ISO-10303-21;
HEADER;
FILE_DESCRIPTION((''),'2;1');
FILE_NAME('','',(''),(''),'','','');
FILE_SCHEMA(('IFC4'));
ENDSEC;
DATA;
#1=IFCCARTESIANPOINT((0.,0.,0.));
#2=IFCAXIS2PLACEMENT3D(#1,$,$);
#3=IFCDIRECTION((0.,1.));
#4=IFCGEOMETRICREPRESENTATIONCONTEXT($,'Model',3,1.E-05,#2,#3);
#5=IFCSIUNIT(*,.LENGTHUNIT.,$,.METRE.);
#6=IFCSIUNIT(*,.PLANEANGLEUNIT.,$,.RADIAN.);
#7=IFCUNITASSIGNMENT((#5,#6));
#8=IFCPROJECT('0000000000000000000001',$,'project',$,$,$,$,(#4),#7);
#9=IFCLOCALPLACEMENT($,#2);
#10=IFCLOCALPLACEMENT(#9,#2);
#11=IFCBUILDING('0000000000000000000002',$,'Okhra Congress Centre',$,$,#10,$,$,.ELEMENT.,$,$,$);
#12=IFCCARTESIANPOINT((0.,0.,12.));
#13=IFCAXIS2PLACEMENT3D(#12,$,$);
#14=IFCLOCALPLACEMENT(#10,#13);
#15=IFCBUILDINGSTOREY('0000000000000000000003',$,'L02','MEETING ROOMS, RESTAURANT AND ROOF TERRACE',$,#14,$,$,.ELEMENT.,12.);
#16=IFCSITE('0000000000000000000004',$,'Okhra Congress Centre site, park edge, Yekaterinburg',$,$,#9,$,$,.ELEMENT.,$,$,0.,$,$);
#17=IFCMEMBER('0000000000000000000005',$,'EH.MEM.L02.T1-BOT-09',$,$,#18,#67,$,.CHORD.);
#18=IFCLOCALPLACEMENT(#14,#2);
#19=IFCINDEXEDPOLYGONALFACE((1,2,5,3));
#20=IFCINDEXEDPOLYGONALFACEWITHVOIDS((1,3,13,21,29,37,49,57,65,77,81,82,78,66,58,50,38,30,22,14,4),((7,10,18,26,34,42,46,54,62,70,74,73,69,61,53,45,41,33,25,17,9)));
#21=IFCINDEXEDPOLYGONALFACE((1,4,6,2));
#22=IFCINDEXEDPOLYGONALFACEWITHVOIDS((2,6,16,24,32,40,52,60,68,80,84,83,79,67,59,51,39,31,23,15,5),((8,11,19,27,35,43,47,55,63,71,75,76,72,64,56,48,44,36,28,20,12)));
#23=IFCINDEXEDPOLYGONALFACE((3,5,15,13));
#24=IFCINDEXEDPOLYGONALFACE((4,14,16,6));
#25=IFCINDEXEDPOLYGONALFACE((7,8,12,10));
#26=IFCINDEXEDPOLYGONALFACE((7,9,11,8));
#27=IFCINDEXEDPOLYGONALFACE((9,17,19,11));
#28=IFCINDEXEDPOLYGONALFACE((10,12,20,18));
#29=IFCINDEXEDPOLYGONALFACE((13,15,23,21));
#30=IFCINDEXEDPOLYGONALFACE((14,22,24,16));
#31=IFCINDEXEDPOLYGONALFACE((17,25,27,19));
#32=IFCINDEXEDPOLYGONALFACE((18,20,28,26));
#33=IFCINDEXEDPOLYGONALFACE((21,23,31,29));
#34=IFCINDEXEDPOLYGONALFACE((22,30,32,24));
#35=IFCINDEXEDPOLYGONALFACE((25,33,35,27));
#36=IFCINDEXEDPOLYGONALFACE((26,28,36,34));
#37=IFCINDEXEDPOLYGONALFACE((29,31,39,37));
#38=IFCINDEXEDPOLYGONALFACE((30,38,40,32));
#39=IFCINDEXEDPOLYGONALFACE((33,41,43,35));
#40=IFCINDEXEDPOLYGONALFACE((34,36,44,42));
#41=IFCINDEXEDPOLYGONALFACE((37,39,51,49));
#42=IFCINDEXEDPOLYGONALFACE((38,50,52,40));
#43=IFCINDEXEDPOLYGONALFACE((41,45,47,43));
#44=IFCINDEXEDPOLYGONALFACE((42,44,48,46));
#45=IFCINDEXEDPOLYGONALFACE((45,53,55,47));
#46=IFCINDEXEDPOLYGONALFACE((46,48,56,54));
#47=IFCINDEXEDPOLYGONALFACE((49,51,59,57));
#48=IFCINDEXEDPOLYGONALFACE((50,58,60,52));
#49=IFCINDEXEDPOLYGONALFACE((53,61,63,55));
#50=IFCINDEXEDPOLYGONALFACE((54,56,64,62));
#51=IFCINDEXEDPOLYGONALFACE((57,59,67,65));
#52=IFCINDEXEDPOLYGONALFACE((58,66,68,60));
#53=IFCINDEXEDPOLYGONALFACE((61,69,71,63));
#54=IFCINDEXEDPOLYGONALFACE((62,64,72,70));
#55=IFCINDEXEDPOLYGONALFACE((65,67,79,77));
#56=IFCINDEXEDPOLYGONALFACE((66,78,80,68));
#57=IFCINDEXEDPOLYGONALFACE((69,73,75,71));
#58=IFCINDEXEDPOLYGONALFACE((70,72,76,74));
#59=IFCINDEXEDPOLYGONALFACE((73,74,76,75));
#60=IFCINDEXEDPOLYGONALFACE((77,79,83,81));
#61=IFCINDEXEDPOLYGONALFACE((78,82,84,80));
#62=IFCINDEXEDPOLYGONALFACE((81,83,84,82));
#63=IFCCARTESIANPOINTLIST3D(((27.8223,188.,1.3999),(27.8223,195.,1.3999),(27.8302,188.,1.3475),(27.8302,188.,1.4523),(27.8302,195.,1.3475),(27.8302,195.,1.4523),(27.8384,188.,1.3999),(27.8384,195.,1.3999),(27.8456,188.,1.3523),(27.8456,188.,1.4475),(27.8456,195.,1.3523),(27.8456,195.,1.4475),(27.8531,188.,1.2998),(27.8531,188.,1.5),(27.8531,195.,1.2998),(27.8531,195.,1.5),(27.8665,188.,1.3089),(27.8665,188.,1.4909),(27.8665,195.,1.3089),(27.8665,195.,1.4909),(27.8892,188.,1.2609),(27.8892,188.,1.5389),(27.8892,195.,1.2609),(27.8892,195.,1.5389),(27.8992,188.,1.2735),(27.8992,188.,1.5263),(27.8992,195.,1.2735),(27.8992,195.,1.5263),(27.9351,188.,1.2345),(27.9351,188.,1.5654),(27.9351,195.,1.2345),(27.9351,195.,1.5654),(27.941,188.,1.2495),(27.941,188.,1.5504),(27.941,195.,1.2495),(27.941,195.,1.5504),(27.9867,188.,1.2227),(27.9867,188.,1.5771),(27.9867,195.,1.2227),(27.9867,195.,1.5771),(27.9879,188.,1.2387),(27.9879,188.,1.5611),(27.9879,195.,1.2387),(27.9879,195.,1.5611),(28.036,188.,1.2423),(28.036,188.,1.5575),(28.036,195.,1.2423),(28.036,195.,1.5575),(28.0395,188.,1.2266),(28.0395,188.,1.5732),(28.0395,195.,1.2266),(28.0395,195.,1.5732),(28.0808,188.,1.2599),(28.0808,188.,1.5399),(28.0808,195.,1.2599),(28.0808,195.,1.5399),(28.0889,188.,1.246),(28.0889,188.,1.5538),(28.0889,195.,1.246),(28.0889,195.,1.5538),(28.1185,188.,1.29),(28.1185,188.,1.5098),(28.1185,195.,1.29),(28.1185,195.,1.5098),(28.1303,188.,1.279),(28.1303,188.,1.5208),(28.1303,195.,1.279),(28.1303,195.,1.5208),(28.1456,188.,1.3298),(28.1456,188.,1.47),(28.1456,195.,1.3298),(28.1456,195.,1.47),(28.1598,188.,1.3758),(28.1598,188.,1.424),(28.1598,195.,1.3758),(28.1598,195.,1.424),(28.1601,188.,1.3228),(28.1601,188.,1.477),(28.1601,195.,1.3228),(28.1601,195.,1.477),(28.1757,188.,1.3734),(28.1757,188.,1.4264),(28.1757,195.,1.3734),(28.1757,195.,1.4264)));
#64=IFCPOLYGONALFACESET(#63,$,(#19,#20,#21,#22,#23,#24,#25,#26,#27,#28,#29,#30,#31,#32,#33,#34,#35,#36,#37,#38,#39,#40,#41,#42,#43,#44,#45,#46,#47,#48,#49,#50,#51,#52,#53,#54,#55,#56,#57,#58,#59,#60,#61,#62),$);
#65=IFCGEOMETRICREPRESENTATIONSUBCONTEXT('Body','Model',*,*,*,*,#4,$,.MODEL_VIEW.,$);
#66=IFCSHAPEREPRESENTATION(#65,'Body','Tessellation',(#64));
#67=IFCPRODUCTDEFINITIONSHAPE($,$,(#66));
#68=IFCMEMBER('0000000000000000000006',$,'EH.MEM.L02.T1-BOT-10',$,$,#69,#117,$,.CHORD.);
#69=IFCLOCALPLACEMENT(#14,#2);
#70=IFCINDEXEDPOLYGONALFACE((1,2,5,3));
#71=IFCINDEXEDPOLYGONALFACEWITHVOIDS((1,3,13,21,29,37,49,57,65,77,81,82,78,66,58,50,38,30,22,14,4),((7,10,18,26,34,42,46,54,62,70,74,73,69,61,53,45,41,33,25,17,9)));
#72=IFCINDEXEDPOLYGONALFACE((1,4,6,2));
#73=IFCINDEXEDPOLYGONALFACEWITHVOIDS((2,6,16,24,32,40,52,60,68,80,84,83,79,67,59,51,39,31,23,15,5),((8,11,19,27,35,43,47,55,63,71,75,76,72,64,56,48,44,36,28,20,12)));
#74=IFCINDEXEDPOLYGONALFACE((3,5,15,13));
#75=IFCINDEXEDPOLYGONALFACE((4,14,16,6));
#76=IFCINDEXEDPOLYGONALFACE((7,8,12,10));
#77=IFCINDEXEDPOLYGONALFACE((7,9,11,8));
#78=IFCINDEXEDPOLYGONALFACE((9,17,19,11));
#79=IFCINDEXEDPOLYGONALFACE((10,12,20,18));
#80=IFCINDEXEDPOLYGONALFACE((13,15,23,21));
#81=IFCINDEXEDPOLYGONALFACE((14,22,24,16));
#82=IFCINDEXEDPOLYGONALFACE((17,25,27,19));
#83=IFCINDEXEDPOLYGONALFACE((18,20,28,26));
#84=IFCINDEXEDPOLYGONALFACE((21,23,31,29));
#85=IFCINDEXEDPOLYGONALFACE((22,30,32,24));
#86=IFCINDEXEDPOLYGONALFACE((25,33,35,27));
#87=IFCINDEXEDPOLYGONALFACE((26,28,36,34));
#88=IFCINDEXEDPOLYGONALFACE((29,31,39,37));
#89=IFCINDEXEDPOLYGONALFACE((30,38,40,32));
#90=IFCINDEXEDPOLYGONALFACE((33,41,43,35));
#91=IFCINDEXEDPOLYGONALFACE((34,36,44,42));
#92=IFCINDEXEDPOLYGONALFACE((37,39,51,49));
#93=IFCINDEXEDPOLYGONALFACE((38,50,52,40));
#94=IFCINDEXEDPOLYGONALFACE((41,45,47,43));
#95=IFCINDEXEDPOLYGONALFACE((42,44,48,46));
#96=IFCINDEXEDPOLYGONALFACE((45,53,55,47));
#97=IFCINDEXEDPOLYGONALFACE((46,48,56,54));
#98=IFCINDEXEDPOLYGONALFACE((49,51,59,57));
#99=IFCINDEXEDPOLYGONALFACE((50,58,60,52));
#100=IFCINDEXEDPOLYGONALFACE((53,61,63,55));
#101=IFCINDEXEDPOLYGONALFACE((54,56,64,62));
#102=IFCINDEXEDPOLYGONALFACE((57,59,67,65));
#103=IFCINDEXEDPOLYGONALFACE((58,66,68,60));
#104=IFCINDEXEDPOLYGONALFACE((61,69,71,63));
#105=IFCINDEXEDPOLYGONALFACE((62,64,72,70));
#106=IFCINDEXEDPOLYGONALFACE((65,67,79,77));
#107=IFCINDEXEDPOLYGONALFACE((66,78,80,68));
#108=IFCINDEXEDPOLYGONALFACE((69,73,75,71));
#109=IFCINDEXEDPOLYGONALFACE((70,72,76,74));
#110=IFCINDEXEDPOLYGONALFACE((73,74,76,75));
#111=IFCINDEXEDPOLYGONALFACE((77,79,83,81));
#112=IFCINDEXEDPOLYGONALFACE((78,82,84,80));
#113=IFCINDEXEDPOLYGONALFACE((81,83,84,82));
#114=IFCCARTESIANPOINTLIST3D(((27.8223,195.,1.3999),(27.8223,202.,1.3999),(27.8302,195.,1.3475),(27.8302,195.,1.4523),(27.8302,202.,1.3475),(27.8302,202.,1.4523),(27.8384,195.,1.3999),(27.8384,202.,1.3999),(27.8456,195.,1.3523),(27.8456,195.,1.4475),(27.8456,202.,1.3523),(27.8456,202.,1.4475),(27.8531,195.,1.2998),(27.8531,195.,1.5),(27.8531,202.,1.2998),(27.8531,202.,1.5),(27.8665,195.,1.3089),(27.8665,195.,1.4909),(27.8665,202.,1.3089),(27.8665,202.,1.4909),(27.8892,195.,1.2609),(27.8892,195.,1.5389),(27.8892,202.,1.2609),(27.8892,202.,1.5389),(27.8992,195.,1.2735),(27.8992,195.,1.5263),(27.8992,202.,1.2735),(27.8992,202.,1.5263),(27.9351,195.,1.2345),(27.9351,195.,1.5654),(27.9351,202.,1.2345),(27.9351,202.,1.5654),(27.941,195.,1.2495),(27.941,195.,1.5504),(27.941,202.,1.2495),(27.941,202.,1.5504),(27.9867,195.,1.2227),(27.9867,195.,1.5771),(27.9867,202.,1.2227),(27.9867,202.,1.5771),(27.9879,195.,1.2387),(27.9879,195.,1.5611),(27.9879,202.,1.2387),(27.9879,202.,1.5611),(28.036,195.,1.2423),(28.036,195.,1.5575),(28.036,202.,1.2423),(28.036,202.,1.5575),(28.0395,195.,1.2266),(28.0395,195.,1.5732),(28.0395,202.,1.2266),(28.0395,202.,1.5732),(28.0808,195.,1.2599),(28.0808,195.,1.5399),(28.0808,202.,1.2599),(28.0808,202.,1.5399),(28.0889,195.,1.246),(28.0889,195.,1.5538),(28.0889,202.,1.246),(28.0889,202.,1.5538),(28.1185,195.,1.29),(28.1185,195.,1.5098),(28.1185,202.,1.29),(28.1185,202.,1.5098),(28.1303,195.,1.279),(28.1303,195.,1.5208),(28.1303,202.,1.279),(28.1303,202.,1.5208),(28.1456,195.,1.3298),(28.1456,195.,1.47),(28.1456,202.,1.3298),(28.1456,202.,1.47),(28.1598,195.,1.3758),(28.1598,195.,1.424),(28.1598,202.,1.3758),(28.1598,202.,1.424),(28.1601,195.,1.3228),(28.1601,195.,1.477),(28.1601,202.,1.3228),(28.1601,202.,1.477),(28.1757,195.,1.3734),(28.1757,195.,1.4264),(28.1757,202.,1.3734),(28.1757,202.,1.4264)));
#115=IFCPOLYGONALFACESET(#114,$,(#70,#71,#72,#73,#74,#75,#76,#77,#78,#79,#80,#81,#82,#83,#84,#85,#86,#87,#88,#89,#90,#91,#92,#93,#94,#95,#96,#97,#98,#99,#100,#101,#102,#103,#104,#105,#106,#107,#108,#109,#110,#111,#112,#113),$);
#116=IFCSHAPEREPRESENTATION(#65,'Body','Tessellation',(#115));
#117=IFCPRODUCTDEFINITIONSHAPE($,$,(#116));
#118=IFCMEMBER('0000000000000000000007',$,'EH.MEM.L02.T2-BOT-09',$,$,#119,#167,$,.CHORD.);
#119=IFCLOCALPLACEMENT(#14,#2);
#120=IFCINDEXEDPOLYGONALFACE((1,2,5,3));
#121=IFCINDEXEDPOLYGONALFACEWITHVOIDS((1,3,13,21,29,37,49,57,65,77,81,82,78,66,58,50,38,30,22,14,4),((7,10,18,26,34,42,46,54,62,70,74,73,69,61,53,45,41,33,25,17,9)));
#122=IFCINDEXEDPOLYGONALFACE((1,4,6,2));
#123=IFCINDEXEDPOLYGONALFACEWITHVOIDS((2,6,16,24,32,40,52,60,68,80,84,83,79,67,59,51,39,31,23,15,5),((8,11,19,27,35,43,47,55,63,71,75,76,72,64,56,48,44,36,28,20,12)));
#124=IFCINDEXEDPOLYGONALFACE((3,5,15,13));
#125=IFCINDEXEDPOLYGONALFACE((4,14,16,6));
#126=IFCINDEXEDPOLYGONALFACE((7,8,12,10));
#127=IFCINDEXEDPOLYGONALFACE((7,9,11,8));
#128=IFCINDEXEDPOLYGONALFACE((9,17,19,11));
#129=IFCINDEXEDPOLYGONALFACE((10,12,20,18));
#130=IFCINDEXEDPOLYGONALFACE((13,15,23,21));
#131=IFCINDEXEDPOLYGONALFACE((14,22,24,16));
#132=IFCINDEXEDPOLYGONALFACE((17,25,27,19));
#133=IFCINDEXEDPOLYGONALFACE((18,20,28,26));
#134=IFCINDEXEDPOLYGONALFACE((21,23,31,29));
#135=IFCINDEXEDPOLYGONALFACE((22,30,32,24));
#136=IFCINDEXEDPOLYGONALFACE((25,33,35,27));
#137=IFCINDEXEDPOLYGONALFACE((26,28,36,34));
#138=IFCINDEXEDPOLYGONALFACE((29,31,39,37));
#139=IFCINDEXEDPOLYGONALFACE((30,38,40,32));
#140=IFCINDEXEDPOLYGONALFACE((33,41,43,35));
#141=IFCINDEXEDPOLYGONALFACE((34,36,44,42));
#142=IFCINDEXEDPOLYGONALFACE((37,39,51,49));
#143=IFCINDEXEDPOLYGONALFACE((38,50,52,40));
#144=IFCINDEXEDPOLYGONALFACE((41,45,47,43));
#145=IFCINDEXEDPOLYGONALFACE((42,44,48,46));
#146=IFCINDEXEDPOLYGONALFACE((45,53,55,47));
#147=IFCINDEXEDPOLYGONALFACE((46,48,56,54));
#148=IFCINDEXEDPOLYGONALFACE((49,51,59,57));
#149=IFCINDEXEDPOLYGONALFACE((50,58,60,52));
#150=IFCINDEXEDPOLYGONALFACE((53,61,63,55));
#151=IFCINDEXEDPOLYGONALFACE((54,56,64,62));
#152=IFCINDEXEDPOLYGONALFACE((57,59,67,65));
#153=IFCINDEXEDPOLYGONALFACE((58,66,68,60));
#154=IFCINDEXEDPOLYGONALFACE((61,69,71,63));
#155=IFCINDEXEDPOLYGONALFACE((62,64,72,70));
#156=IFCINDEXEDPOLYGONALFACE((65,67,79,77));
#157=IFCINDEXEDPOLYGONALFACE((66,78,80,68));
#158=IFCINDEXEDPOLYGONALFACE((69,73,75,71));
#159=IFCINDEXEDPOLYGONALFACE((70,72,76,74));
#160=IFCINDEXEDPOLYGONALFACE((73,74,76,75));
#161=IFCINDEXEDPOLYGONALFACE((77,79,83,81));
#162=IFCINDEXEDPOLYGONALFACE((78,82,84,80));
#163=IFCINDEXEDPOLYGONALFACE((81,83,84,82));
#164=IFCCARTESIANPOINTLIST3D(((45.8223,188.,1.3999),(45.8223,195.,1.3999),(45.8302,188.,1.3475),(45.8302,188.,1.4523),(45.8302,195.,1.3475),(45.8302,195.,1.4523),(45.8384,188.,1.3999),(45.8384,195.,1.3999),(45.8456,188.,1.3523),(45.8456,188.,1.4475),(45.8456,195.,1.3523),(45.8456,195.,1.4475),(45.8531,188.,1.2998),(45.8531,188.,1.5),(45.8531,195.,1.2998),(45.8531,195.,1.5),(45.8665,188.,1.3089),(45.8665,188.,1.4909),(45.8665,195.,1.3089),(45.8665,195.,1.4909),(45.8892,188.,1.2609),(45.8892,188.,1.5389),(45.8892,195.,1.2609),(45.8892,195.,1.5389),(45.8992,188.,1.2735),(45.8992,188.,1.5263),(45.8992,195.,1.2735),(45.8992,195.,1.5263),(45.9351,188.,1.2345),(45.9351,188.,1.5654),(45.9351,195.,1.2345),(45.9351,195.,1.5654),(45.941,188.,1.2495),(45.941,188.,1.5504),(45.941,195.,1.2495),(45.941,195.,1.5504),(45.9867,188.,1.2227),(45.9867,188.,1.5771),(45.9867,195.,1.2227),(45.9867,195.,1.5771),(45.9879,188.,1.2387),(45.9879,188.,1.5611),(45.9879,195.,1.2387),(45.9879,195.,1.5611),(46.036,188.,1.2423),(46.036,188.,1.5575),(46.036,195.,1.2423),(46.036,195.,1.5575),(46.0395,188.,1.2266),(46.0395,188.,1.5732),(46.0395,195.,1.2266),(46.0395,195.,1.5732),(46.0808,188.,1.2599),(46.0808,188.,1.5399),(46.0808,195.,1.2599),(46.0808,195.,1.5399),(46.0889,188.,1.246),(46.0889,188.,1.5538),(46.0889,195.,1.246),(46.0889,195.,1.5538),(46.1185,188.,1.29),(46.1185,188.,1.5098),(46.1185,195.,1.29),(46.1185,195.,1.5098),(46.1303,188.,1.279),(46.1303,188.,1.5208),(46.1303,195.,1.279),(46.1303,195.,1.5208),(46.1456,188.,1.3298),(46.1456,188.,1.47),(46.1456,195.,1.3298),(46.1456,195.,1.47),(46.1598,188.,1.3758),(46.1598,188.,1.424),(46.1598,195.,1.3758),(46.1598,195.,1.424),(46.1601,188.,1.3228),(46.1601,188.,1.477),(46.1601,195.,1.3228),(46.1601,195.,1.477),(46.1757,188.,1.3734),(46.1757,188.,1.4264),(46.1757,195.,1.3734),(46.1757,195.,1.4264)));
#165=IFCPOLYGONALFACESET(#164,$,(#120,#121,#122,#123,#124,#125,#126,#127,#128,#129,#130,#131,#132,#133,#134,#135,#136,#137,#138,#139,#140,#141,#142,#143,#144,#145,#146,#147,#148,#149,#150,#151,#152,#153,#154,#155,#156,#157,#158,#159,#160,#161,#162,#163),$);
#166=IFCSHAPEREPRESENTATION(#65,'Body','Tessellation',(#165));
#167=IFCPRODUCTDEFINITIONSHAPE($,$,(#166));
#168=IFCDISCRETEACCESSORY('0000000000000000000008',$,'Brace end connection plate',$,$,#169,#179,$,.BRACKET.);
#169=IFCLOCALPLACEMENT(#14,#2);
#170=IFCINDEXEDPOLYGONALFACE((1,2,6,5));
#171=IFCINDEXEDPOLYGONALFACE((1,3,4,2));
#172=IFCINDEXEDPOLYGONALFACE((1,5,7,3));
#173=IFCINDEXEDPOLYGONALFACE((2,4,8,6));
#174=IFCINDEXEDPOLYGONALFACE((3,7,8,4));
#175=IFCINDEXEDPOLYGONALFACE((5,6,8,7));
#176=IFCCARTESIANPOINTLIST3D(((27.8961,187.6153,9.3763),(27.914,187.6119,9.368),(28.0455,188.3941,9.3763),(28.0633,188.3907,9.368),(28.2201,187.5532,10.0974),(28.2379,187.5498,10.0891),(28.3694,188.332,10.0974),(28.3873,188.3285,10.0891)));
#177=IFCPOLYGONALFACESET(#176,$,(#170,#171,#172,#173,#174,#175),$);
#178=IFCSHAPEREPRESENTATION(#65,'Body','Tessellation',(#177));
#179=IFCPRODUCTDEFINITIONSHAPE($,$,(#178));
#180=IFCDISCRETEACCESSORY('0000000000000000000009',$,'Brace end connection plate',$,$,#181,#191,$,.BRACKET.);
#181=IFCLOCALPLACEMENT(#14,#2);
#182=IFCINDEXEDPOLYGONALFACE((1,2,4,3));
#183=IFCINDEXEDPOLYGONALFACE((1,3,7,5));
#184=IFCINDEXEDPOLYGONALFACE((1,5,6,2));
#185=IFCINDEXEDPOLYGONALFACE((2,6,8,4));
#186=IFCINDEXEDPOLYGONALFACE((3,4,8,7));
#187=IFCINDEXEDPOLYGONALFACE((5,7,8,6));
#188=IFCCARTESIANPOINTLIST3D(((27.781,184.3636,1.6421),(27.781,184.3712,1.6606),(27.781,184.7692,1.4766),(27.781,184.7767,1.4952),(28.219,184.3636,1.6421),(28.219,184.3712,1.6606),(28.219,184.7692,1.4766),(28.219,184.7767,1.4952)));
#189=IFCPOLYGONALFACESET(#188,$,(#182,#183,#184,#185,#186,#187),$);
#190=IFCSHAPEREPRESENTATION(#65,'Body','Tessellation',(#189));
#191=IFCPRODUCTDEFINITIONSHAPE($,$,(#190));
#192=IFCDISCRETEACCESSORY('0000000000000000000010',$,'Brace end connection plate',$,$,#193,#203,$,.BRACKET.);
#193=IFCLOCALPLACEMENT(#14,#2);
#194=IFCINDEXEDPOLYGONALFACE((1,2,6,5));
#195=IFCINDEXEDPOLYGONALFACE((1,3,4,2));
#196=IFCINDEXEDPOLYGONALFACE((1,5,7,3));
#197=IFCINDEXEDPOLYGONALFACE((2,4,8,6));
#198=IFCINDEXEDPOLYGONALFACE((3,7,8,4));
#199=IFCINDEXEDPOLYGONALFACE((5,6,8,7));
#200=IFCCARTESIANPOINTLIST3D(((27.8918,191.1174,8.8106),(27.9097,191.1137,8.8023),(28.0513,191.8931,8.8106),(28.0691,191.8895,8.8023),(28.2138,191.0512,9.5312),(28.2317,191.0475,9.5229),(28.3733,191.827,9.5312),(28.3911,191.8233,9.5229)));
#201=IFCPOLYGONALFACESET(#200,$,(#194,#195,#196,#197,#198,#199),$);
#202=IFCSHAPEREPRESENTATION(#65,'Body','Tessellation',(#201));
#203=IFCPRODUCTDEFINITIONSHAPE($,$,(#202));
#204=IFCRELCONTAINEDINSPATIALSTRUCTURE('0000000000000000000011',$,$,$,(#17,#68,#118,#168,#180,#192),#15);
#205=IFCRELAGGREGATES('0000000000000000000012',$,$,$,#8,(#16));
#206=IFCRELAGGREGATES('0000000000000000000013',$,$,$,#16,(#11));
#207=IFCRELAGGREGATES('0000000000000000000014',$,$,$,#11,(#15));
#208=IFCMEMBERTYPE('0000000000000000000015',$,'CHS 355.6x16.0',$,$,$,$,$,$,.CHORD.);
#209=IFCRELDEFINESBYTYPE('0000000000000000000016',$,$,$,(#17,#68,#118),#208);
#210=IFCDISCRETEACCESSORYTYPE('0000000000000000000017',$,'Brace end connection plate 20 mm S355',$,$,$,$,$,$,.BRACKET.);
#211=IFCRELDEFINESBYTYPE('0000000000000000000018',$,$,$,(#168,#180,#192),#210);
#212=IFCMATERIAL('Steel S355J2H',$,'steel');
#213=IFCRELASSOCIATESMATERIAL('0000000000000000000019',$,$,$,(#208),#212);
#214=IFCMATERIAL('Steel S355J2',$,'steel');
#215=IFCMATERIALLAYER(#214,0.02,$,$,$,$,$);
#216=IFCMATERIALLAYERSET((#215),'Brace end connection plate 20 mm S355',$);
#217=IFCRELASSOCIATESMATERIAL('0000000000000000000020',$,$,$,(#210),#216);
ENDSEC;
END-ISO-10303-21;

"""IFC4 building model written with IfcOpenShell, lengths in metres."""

from ifc_helpers import new_model, si_unit, direction, frame, origin, origin_2d, place, context, subcontext, project, spatial, rectangle, hollow_circle, extrude, material, layer, layer_set, material_profile, profile_set, type_object, element, save


model = new_model("IFC4")

# Units and contexts
model_context = context("Model", 3, precision=1e-05, world=origin(), true_north=direction((0.0, 1.0)))
body_context = subcontext(model_context, "Body", "Model", "MODEL_VIEW")
ifc_project = project(units=[si_unit("LENGTHUNIT", "METRE"), si_unit("PLANEANGLEUNIT", "RADIAN")], contexts=[model_context])

# Site, building, storey
site_placement = place(None, origin())
site = spatial("IfcSite", under=ifc_project, at=site_placement, Name="Okhra Congress Centre site, park edge, Yekaterinburg", CompositionType="ELEMENT", RefElevation=0.0)
building_placement = place(site_placement, origin())
building = spatial("IfcBuilding", under=site, at=building_placement, Name="Okhra Congress Centre", CompositionType="ELEMENT")
storey_placement = place(building_placement, frame((0.0, 0.0, 12.0)))
storey = spatial("IfcBuildingStorey", under=building, at=storey_placement, Name="L02", Description="MEETING ROOMS, RESTAURANT AND ROOF TERRACE", CompositionType="ELEMENT", Elevation=12.0)

# Shared definitions
ifc_material_1 = material(Name="Steel S355J2", Category="steel")

# Members
ifc_material_2 = material(Name="Steel S355J2H", Category="steel")
ifc_material_profile_1 = material_profile(ifc_material_2, hollow_circle(Radius=0.1777, WallThickness=0.0161, at=origin_2d()), Name="CHS 355.6x16.0")
ifc_profile_set_1 = profile_set([ifc_material_profile_1], Name="Steel S355J2H")
member_type_1 = type_object("IfcMemberType", Name="CHS 355.6x16.0", PredefinedType="CHORD", material=ifc_profile_set_1)
for number, where, z_axis, x_axis, name in (
    (1, (28.0, 188.0, 1.3999), (0.0, 1.0, 0.0), (-1.0, 0.0, 0.0), "EH.MEM.L02.T1-BOT-09"),
    (2, (28.0, 195.0, 1.3999), (0.0, 1.0, 0.0), (-1.0, 0.0, 0.0), "EH.MEM.L02.T1-BOT-10"),
    (3, (46.0, 188.0, 1.3999), (0.0, 1.0, 0.0), (-1.0, 0.0, 0.0), "EH.MEM.L02.T2-BOT-09"),
):
    element("IfcMember", number, at=place(storey_placement, frame(where, z_axis=z_axis, x_axis=x_axis)), inside=storey, type_object=member_type_1, Name=name, PredefinedType="CHORD", context=body_context, shape_type="SweptSolid", body=[
        extrude(hollow_circle(Radius=0.1777, WallThickness=0.0161, at=origin_2d()), origin(), (0.0, 0.0, 1.0), 7.0),
    ])

# Discrete accessories
ifc_layer = layer(ifc_material_1, 0.02)
ifc_layer_set = layer_set([ifc_layer], Name="Brace end connection plate 20 mm S355")
discrete_accessory_type = type_object("IfcDiscreteAccessoryType", Name="Brace end connection plate 20 mm S355", PredefinedType="BRACKET", material=ifc_layer_set)
discrete_accessory_1_placement = place(storey_placement, frame((28.1506, 187.9702, 9.7285), z_axis=(-0.893104, 0.17128, 0.415966), x_axis=(-0.188348, -0.982102, 0.0)))
element("IfcDiscreteAccessory", 4, at=discrete_accessory_1_placement, inside=storey, type_object=discrete_accessory_type, Name="Brace end connection plate", PredefinedType="BRACKET", context=body_context, shape_type="SweptSolid", body=[
    extrude(rectangle(XDim=0.793, YDim=0.793, at=origin_2d()), origin(), (0.0, 0.0, 1.0), 0.02),
])
discrete_accessory_2_placement = place(storey_placement, frame((28.0, 184.574, 1.5779), z_axis=(0.0, -0.377684, -0.925935), x_axis=(1.0, 0.0, 0.0)))
element("IfcDiscreteAccessory", 5, at=discrete_accessory_2_placement, inside=storey, type_object=discrete_accessory_type, Name="Brace end connection plate", PredefinedType="BRACKET", context=body_context, shape_type="SweptSolid", body=[
    extrude(rectangle(XDim=0.438, YDim=0.438, at=origin_2d()), origin(), (0.0, 0.0, 1.0), 0.02),
])
discrete_accessory_3_placement = place(storey_placement, frame((28.1504, 191.4685, 9.1626), z_axis=(-0.891172, 0.183118, 0.415066), x_axis=(-0.201274, -0.979535, 0.0)))
element("IfcDiscreteAccessory", 6, at=discrete_accessory_3_placement, inside=storey, type_object=discrete_accessory_type, Name="Brace end connection plate", PredefinedType="BRACKET", context=body_context, shape_type="SweptSolid", body=[
    extrude(rectangle(XDim=0.792, YDim=0.792, at=origin_2d()), origin(), (0.0, 0.0, 1.0), 0.02),
])

save(model, "model.ifc")
